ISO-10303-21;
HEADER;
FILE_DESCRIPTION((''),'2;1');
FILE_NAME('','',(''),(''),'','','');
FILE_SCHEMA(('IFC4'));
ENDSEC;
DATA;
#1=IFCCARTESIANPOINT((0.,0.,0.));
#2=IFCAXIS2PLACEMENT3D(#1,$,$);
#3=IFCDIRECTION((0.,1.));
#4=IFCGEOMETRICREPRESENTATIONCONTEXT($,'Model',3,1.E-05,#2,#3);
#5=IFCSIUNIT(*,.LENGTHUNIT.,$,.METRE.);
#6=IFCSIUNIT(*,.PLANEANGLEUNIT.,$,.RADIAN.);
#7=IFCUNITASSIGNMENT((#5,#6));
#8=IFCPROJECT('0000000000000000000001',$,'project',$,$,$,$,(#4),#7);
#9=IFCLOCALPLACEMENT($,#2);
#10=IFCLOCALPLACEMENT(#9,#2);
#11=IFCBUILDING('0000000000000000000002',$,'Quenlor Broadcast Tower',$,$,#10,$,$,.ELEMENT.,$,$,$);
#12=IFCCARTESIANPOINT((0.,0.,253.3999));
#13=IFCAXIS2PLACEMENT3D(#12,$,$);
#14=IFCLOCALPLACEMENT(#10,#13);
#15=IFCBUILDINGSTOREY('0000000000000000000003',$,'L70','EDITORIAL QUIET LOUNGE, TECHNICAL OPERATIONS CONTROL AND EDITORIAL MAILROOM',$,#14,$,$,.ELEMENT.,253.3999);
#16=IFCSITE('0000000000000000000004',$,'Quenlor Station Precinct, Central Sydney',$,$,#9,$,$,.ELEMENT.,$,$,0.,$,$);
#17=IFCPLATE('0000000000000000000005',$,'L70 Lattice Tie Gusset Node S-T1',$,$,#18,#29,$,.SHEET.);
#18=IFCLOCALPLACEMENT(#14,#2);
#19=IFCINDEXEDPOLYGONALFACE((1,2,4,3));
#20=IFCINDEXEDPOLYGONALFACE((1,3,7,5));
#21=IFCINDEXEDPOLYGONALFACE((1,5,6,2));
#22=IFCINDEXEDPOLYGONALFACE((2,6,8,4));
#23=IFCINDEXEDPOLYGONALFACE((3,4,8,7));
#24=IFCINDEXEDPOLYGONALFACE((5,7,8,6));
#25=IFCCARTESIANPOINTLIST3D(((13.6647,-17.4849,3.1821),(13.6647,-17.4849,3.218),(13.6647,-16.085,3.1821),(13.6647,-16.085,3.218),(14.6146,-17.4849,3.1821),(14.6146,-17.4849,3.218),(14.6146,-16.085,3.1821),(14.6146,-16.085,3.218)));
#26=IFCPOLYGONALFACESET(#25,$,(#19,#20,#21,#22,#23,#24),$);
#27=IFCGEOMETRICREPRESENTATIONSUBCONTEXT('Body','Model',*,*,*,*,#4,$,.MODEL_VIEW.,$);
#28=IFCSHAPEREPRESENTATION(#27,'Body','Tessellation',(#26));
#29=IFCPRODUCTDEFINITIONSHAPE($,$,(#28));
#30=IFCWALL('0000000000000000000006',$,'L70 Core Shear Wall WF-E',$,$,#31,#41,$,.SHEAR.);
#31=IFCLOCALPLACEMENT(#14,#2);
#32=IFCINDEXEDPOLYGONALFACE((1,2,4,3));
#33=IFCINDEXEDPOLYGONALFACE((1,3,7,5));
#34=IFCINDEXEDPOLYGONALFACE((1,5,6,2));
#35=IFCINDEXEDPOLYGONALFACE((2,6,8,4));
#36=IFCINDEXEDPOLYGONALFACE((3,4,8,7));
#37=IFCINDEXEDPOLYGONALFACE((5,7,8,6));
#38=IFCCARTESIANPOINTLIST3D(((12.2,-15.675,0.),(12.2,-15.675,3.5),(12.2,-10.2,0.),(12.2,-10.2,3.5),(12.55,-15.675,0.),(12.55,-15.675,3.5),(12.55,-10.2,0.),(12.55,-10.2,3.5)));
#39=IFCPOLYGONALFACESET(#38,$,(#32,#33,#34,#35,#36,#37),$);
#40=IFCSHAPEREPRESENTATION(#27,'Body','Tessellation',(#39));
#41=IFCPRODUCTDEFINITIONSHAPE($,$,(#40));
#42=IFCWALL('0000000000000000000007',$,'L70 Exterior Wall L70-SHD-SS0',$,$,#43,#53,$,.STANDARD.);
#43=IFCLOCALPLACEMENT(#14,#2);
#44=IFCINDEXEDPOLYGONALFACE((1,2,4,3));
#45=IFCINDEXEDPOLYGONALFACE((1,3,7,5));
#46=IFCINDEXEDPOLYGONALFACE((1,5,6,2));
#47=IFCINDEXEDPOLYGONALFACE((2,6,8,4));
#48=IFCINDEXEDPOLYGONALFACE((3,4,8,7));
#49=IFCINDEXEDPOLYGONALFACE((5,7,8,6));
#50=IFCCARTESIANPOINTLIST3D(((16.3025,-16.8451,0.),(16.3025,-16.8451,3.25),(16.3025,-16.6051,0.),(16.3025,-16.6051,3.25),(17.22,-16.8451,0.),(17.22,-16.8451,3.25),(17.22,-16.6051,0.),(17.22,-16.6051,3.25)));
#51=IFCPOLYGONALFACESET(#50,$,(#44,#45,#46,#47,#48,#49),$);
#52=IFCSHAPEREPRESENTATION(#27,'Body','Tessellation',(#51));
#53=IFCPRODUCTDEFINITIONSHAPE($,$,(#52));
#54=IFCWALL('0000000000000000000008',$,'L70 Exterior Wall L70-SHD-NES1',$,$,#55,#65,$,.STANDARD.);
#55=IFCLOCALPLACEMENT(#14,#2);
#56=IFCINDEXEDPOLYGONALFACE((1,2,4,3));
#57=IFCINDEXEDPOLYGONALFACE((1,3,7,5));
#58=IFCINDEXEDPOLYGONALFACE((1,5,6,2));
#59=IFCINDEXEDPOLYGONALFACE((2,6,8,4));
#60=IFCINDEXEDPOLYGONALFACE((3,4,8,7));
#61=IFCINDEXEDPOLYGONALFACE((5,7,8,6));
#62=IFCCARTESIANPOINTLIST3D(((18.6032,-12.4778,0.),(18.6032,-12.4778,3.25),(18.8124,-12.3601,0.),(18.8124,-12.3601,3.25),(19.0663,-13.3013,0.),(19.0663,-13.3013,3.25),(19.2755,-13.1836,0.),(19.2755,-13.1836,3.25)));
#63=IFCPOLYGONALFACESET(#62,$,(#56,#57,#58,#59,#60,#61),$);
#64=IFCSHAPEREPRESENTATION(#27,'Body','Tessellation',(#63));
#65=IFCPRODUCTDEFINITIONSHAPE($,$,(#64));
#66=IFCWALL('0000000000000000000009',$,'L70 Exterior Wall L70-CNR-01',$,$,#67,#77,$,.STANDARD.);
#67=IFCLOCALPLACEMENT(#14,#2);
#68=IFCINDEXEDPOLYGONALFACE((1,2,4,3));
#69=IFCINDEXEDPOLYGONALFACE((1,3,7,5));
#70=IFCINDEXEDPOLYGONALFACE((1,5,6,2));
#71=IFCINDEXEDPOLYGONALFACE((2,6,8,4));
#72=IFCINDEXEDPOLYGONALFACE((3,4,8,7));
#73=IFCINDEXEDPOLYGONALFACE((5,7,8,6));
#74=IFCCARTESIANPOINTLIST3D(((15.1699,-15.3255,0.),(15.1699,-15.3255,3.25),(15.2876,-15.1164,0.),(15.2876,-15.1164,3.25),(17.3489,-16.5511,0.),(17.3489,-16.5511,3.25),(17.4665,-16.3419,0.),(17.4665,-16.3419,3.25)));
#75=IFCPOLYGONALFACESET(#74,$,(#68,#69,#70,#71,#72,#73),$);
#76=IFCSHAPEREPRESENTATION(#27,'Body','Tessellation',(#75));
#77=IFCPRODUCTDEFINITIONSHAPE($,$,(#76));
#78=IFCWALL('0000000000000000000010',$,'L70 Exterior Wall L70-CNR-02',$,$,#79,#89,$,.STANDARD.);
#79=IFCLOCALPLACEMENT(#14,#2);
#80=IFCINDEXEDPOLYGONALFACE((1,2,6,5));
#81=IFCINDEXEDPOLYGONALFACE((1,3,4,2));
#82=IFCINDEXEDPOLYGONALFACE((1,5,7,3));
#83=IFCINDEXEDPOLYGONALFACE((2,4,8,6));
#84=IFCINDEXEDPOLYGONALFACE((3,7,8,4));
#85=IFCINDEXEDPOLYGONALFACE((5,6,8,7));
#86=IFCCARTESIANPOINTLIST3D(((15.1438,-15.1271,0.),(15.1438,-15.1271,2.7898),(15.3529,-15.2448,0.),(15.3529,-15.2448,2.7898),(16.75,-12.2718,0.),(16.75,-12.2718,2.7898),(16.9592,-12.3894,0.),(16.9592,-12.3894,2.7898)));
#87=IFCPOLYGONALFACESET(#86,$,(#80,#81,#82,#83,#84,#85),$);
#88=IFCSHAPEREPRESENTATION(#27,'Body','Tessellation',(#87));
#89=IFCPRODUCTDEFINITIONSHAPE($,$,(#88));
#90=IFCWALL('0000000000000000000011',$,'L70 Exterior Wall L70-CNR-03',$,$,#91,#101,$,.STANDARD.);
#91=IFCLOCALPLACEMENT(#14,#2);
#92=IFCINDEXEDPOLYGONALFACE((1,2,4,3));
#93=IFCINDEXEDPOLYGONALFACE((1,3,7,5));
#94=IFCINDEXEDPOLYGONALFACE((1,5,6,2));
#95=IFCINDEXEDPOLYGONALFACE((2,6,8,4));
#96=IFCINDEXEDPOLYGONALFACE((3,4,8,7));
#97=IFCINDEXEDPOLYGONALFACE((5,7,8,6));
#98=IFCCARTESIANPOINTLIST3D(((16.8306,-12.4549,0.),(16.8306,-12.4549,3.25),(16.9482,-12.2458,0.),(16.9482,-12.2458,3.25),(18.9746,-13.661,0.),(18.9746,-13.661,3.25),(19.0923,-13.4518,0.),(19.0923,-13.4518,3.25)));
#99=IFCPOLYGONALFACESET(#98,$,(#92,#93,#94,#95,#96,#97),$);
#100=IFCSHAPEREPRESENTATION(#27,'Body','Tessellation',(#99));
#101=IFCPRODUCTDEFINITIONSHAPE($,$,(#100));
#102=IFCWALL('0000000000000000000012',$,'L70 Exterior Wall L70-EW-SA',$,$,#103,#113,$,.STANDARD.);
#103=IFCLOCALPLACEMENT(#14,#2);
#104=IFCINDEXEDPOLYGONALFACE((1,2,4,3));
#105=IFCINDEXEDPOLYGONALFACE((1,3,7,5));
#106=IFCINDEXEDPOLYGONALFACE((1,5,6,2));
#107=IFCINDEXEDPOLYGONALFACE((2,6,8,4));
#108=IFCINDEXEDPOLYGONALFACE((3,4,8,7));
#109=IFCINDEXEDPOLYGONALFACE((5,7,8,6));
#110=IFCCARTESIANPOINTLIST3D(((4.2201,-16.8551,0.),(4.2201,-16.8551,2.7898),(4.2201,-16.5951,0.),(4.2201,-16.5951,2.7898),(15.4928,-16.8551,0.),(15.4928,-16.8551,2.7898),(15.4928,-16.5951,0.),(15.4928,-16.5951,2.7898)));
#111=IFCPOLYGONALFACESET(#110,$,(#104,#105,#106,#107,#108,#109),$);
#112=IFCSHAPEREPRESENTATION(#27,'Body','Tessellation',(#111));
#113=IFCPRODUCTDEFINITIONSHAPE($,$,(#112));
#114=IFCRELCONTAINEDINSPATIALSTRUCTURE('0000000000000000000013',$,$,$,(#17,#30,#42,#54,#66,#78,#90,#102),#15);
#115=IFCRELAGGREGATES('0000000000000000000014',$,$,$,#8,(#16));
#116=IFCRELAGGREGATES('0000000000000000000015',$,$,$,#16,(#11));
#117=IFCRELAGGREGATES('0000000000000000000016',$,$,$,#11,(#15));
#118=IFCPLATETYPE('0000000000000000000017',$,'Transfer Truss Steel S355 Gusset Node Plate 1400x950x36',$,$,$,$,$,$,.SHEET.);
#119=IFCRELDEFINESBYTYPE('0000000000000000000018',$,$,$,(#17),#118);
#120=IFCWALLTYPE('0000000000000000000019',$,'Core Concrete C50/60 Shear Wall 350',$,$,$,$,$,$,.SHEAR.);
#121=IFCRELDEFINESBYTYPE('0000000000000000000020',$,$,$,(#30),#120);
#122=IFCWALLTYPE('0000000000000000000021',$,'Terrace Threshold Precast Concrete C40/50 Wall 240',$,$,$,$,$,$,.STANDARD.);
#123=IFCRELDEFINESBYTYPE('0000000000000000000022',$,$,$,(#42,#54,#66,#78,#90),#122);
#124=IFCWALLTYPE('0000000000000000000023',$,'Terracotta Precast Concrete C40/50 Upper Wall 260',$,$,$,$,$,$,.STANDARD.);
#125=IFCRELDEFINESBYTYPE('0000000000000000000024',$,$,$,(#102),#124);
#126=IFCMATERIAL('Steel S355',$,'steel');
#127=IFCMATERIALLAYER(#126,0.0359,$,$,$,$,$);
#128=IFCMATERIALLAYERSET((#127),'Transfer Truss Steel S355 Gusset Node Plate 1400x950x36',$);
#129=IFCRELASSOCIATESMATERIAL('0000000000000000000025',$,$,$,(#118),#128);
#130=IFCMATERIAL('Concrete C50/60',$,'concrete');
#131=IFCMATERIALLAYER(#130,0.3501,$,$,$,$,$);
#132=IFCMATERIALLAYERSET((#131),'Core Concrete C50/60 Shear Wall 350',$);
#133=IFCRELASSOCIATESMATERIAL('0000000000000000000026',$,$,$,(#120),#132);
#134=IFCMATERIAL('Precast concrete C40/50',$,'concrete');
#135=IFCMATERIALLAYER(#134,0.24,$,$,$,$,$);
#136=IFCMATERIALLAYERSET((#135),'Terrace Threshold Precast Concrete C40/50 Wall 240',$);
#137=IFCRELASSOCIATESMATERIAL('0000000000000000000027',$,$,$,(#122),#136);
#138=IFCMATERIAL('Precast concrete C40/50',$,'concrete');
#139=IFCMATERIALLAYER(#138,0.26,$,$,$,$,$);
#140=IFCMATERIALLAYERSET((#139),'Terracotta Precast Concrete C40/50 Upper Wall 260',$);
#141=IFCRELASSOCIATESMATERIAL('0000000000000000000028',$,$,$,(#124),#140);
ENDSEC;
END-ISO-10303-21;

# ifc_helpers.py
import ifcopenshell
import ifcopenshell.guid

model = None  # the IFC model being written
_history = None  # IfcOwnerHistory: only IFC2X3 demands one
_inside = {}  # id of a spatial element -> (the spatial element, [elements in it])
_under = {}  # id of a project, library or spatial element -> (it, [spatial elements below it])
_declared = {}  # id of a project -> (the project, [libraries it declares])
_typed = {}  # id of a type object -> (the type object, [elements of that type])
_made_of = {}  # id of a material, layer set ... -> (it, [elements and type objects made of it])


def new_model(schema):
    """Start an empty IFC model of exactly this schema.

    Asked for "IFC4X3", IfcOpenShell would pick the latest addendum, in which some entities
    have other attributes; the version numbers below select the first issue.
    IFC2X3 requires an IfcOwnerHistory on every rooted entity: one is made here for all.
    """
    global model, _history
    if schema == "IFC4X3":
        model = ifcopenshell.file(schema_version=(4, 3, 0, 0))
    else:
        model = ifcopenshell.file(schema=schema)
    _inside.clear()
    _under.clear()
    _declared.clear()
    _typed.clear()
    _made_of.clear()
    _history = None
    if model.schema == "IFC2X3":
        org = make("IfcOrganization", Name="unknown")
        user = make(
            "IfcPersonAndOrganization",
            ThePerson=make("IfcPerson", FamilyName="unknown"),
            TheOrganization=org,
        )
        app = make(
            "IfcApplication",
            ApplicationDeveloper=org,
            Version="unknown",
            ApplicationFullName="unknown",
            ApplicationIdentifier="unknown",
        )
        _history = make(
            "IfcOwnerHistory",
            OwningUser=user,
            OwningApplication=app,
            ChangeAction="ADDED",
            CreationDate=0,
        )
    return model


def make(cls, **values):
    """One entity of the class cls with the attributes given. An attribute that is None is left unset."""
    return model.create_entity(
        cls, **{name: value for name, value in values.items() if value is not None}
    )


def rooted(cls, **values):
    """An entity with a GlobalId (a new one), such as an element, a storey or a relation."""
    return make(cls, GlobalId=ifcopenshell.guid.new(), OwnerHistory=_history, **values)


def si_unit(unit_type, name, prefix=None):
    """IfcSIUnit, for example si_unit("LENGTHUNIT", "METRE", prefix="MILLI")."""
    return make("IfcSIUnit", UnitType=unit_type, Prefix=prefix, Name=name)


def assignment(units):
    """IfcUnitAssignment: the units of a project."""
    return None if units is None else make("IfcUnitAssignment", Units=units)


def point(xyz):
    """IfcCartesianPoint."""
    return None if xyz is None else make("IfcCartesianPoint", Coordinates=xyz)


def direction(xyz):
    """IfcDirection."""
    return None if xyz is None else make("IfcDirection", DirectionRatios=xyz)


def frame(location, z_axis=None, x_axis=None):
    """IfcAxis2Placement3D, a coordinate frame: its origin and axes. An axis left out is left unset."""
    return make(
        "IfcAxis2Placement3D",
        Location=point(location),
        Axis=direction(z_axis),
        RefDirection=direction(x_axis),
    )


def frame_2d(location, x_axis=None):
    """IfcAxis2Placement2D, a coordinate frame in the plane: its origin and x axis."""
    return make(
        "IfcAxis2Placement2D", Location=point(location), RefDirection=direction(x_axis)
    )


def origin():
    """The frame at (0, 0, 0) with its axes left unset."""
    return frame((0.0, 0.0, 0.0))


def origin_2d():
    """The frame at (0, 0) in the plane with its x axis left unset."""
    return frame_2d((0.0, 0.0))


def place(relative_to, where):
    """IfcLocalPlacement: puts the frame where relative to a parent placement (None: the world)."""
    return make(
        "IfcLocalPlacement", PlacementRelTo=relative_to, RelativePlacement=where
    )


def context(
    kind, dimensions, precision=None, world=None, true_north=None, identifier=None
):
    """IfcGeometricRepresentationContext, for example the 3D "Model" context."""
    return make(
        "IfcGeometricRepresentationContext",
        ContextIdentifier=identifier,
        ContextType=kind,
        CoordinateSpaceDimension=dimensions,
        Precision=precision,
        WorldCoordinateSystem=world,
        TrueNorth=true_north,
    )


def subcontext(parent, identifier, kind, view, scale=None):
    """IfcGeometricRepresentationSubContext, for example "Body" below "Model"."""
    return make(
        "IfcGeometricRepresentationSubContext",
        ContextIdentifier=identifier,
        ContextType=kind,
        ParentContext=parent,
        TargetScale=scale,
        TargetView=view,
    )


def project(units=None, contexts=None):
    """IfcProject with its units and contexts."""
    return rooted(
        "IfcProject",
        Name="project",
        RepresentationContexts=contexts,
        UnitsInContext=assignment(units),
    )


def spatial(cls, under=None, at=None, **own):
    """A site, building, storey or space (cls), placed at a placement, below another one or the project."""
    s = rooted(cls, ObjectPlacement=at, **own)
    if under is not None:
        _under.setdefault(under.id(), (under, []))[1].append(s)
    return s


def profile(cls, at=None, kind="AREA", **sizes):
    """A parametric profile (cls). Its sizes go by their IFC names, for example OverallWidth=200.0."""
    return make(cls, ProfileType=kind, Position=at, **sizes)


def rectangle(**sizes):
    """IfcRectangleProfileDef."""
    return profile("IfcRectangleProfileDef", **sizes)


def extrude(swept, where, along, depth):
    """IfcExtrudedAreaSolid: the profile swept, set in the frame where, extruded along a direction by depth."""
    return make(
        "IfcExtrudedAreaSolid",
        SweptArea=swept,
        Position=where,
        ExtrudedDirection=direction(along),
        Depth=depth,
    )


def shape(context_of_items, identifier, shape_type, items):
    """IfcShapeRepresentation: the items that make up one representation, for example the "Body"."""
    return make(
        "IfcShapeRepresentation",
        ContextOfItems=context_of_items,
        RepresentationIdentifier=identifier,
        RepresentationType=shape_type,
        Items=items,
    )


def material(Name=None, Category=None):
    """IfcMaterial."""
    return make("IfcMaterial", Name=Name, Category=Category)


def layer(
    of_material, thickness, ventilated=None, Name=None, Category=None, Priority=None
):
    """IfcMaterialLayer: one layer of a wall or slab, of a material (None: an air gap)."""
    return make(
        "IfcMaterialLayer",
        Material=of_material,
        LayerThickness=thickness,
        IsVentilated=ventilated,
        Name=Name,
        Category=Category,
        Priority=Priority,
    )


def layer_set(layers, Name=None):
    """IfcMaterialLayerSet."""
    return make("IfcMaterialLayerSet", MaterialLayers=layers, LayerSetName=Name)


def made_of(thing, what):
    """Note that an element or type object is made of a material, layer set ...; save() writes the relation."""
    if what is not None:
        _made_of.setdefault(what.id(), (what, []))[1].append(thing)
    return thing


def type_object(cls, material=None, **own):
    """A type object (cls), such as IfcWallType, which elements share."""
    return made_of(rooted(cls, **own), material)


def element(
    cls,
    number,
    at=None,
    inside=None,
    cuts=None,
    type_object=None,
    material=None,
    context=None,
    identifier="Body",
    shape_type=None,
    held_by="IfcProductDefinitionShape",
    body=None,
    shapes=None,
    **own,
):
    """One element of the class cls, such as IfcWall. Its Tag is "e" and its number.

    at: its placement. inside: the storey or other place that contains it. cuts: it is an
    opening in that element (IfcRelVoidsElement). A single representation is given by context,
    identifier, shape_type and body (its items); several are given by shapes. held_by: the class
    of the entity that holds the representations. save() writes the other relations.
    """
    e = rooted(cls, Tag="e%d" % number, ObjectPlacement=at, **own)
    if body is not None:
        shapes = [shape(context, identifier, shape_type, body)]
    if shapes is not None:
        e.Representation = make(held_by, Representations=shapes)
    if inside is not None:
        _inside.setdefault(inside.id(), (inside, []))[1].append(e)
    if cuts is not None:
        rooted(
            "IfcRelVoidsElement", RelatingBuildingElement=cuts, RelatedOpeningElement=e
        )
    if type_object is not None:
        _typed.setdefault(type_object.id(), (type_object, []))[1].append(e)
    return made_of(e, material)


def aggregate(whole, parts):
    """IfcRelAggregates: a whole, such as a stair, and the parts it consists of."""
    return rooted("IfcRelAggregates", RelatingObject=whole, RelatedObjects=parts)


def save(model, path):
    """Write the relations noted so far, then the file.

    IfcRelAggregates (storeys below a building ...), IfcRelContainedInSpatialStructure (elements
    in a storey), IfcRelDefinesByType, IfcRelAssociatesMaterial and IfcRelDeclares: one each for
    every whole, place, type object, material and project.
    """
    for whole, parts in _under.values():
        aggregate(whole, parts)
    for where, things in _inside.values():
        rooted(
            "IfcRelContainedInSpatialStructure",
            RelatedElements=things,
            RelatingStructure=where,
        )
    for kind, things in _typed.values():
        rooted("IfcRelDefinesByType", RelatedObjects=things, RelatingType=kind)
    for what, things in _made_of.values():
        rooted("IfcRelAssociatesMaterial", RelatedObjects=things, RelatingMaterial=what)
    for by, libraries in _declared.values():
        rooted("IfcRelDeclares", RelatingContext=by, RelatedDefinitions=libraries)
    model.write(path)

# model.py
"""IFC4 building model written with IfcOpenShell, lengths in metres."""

from ifc_helpers import new_model, si_unit, direction, frame, frame_2d, origin, origin_2d, place, context, subcontext, project, spatial, rectangle, extrude, material, layer, layer_set, type_object, element, save


model = new_model("IFC4")

# Units and contexts
model_context = context("Model", 3, precision=1e-05, world=origin(), true_north=direction((0.0, 1.0)))
body_context = subcontext(model_context, "Body", "Model", "MODEL_VIEW")
ifc_project = project(units=[si_unit("LENGTHUNIT", "METRE"), si_unit("PLANEANGLEUNIT", "RADIAN")], contexts=[model_context])

# Site, building, storey
site_placement = place(None, origin())
site = spatial("IfcSite", under=ifc_project, at=site_placement, Name="Quenlor Station Precinct, Central Sydney", CompositionType="ELEMENT", RefElevation=0.0)
building_placement = place(site_placement, origin())
building = spatial("IfcBuilding", under=site, at=building_placement, Name="Quenlor Broadcast Tower", CompositionType="ELEMENT")
storey_placement = place(building_placement, frame((0.0, 0.0, 253.3999)))
storey = spatial("IfcBuildingStorey", under=building, at=storey_placement, Name="L70", Description="EDITORIAL QUIET LOUNGE, TECHNICAL OPERATIONS CONTROL AND EDITORIAL MAILROOM", CompositionType="ELEMENT", Elevation=253.3999)

# Plate
ifc_material_1 = material(Name="Steel S355", Category="steel")
ifc_layer_1 = layer(ifc_material_1, 0.0359)
ifc_layer_set_1 = layer_set([ifc_layer_1], Name="Transfer Truss Steel S355 Gusset Node Plate 1400x950x36")
plate_type_1 = type_object("IfcPlateType", Name="Transfer Truss Steel S355 Gusset Node Plate 1400x950x36", PredefinedType="SHEET", material=ifc_layer_set_1)
for number, where, z_axis, x_axis, name in (
    (1, (14.1396, -16.7849, 3.1821), (0.0, 0.0, 1.0), (0.0, -1.0, 0.0), "L70 Lattice Tie Gusset Node S-T1"),
):
    element("IfcPlate", number, at=place(storey_placement, frame(where, z_axis=z_axis, x_axis=x_axis)), inside=storey, type_object=plate_type_1, Name=name, PredefinedType="SHEET", context=body_context, shape_type="SweptSolid", body=[
        extrude(rectangle(XDim=1.3999, YDim=0.95, at=origin_2d()), origin(), (0.0, 0.0, 1.0), 0.0359),
    ])

# Walls
ifc_material_2 = material(Name="Concrete C50/60", Category="concrete")
ifc_layer_2 = layer(ifc_material_2, 0.3501)
ifc_layer_set_2 = layer_set([ifc_layer_2], Name="Core Concrete C50/60 Shear Wall 350")
wall_type_1 = type_object("IfcWallType", Name="Core Concrete C50/60 Shear Wall 350", PredefinedType="SHEAR", material=ifc_layer_set_2)
wall_1_placement = place(storey_placement, frame((12.375, -15.675, 0.0), z_axis=(0.0, 0.0, 1.0), x_axis=(0.0, 1.0, 0.0)))
element("IfcWall", 2, at=wall_1_placement, inside=storey, type_object=wall_type_1, Name="L70 Core Shear Wall WF-E", PredefinedType="SHEAR", context=body_context, shape_type="SweptSolid", body=[
    extrude(rectangle(XDim=5.4751, YDim=0.3501, at=frame_2d((2.7375, 0.0))), origin(), (0.0, 0.0, 1.0), 3.5),
])
ifc_material_3 = material(Name="Precast concrete C40/50", Category="concrete")
ifc_layer_3 = layer(ifc_material_3, 0.24)
ifc_layer_set_3 = layer_set([ifc_layer_3], Name="Terrace Threshold Precast Concrete C40/50 Wall 240")
wall_type_2 = type_object("IfcWallType", Name="Terrace Threshold Precast Concrete C40/50 Wall 240", PredefinedType="STANDARD", material=ifc_layer_set_3)
wall_2_placement = place(storey_placement, frame((17.22, -16.7251, 0.0), z_axis=(0.0, 0.0, 1.0), x_axis=(-1.0, 0.0, 0.0)))
element("IfcWall", 3, at=wall_2_placement, inside=storey, type_object=wall_type_2, Name="L70 Exterior Wall L70-SHD-SS0", PredefinedType="STANDARD", context=body_context, shape_type="SweptSolid", body=[
    extrude(rectangle(XDim=0.9175, YDim=0.24, at=frame_2d((0.4587, 0.0))), origin(), (0.0, 0.0, 1.0), 3.25),
])
wall_3_placement = place(storey_placement, frame((18.7078, -12.4189, 0.0), z_axis=(0.0, 0.0, 1.0), x_axis=(0.4902, -0.87161, 0.0)))
element("IfcWall", 4, at=wall_3_placement, inside=storey, type_object=wall_type_2, Name="L70 Exterior Wall L70-SHD-NES1", PredefinedType="STANDARD", context=body_context, shape_type="SweptSolid", body=[
    extrude(rectangle(XDim=0.9448, YDim=0.24, at=frame_2d((0.4724, 0.0))), origin(), (0.0, 0.0, 1.0), 3.25),
])
wall_4_placement = place(storey_placement, frame((17.4077, -16.4465, 0.0), z_axis=(0.0, 0.0, 1.0), x_axis=(-0.871589, 0.490238, 0.0)))
element("IfcWall", 5, at=wall_4_placement, inside=storey, type_object=wall_type_2, Name="L70 Exterior Wall L70-CNR-01", PredefinedType="STANDARD", context=body_context, shape_type="SweptSolid", body=[
    extrude(rectangle(XDim=2.5, YDim=0.24, at=frame_2d((1.25, 0.0))), origin(), (0.0, 0.0, 1.0), 3.25),
])
wall_5_placement = place(storey_placement, frame((15.2483, -15.186, 0.0), z_axis=(0.0, 0.0, 1.0), x_axis=(0.490293, 0.871558, 0.0)))
element("IfcWall", 6, at=wall_5_placement, inside=storey, type_object=wall_type_2, Name="L70 Exterior Wall L70-CNR-02", PredefinedType="STANDARD", context=body_context, shape_type="SweptSolid", body=[
    extrude(rectangle(XDim=3.2761, YDim=0.24, at=frame_2d((1.6382, 0.0))), origin(), (0.0, 0.0, 1.0), 2.7898),
])
wall_6_placement = place(storey_placement, frame((16.8894, -12.3503, 0.0), z_axis=(0.0, 0.0, 1.0), x_axis=(0.87157, -0.490271, 0.0)))
element("IfcWall", 7, at=wall_6_placement, inside=storey, type_object=wall_type_2, Name="L70 Exterior Wall L70-CNR-03", PredefinedType="STANDARD", context=body_context, shape_type="SweptSolid", body=[
    extrude(rectangle(XDim=2.46, YDim=0.24, at=frame_2d((1.23, 0.0))), origin(), (0.0, 0.0, 1.0), 3.25),
])
ifc_material_4 = material(Name="Precast concrete C40/50", Category="concrete")
ifc_layer_4 = layer(ifc_material_4, 0.26)
ifc_layer_set_4 = layer_set([ifc_layer_4], Name="Terracotta Precast Concrete C40/50 Upper Wall 260")
wall_type_3 = type_object("IfcWallType", Name="Terracotta Precast Concrete C40/50 Upper Wall 260", PredefinedType="STANDARD", material=ifc_layer_set_4)
wall_7_placement = place(storey_placement, frame((15.4927, -16.7251, 0.0), z_axis=(0.0, 0.0, 1.0), x_axis=(-1.0, 0.0, 0.0)))
element("IfcWall", 8, at=wall_7_placement, inside=storey, type_object=wall_type_3, Name="L70 Exterior Wall L70-EW-SA", PredefinedType="STANDARD", context=body_context, shape_type="SweptSolid", body=[
    extrude(rectangle(XDim=11.2727, YDim=0.26, at=frame_2d((5.6362, 0.0))), origin(), (0.0, 0.0, 1.0), 2.7898),
])

save(model, "model.ifc")
